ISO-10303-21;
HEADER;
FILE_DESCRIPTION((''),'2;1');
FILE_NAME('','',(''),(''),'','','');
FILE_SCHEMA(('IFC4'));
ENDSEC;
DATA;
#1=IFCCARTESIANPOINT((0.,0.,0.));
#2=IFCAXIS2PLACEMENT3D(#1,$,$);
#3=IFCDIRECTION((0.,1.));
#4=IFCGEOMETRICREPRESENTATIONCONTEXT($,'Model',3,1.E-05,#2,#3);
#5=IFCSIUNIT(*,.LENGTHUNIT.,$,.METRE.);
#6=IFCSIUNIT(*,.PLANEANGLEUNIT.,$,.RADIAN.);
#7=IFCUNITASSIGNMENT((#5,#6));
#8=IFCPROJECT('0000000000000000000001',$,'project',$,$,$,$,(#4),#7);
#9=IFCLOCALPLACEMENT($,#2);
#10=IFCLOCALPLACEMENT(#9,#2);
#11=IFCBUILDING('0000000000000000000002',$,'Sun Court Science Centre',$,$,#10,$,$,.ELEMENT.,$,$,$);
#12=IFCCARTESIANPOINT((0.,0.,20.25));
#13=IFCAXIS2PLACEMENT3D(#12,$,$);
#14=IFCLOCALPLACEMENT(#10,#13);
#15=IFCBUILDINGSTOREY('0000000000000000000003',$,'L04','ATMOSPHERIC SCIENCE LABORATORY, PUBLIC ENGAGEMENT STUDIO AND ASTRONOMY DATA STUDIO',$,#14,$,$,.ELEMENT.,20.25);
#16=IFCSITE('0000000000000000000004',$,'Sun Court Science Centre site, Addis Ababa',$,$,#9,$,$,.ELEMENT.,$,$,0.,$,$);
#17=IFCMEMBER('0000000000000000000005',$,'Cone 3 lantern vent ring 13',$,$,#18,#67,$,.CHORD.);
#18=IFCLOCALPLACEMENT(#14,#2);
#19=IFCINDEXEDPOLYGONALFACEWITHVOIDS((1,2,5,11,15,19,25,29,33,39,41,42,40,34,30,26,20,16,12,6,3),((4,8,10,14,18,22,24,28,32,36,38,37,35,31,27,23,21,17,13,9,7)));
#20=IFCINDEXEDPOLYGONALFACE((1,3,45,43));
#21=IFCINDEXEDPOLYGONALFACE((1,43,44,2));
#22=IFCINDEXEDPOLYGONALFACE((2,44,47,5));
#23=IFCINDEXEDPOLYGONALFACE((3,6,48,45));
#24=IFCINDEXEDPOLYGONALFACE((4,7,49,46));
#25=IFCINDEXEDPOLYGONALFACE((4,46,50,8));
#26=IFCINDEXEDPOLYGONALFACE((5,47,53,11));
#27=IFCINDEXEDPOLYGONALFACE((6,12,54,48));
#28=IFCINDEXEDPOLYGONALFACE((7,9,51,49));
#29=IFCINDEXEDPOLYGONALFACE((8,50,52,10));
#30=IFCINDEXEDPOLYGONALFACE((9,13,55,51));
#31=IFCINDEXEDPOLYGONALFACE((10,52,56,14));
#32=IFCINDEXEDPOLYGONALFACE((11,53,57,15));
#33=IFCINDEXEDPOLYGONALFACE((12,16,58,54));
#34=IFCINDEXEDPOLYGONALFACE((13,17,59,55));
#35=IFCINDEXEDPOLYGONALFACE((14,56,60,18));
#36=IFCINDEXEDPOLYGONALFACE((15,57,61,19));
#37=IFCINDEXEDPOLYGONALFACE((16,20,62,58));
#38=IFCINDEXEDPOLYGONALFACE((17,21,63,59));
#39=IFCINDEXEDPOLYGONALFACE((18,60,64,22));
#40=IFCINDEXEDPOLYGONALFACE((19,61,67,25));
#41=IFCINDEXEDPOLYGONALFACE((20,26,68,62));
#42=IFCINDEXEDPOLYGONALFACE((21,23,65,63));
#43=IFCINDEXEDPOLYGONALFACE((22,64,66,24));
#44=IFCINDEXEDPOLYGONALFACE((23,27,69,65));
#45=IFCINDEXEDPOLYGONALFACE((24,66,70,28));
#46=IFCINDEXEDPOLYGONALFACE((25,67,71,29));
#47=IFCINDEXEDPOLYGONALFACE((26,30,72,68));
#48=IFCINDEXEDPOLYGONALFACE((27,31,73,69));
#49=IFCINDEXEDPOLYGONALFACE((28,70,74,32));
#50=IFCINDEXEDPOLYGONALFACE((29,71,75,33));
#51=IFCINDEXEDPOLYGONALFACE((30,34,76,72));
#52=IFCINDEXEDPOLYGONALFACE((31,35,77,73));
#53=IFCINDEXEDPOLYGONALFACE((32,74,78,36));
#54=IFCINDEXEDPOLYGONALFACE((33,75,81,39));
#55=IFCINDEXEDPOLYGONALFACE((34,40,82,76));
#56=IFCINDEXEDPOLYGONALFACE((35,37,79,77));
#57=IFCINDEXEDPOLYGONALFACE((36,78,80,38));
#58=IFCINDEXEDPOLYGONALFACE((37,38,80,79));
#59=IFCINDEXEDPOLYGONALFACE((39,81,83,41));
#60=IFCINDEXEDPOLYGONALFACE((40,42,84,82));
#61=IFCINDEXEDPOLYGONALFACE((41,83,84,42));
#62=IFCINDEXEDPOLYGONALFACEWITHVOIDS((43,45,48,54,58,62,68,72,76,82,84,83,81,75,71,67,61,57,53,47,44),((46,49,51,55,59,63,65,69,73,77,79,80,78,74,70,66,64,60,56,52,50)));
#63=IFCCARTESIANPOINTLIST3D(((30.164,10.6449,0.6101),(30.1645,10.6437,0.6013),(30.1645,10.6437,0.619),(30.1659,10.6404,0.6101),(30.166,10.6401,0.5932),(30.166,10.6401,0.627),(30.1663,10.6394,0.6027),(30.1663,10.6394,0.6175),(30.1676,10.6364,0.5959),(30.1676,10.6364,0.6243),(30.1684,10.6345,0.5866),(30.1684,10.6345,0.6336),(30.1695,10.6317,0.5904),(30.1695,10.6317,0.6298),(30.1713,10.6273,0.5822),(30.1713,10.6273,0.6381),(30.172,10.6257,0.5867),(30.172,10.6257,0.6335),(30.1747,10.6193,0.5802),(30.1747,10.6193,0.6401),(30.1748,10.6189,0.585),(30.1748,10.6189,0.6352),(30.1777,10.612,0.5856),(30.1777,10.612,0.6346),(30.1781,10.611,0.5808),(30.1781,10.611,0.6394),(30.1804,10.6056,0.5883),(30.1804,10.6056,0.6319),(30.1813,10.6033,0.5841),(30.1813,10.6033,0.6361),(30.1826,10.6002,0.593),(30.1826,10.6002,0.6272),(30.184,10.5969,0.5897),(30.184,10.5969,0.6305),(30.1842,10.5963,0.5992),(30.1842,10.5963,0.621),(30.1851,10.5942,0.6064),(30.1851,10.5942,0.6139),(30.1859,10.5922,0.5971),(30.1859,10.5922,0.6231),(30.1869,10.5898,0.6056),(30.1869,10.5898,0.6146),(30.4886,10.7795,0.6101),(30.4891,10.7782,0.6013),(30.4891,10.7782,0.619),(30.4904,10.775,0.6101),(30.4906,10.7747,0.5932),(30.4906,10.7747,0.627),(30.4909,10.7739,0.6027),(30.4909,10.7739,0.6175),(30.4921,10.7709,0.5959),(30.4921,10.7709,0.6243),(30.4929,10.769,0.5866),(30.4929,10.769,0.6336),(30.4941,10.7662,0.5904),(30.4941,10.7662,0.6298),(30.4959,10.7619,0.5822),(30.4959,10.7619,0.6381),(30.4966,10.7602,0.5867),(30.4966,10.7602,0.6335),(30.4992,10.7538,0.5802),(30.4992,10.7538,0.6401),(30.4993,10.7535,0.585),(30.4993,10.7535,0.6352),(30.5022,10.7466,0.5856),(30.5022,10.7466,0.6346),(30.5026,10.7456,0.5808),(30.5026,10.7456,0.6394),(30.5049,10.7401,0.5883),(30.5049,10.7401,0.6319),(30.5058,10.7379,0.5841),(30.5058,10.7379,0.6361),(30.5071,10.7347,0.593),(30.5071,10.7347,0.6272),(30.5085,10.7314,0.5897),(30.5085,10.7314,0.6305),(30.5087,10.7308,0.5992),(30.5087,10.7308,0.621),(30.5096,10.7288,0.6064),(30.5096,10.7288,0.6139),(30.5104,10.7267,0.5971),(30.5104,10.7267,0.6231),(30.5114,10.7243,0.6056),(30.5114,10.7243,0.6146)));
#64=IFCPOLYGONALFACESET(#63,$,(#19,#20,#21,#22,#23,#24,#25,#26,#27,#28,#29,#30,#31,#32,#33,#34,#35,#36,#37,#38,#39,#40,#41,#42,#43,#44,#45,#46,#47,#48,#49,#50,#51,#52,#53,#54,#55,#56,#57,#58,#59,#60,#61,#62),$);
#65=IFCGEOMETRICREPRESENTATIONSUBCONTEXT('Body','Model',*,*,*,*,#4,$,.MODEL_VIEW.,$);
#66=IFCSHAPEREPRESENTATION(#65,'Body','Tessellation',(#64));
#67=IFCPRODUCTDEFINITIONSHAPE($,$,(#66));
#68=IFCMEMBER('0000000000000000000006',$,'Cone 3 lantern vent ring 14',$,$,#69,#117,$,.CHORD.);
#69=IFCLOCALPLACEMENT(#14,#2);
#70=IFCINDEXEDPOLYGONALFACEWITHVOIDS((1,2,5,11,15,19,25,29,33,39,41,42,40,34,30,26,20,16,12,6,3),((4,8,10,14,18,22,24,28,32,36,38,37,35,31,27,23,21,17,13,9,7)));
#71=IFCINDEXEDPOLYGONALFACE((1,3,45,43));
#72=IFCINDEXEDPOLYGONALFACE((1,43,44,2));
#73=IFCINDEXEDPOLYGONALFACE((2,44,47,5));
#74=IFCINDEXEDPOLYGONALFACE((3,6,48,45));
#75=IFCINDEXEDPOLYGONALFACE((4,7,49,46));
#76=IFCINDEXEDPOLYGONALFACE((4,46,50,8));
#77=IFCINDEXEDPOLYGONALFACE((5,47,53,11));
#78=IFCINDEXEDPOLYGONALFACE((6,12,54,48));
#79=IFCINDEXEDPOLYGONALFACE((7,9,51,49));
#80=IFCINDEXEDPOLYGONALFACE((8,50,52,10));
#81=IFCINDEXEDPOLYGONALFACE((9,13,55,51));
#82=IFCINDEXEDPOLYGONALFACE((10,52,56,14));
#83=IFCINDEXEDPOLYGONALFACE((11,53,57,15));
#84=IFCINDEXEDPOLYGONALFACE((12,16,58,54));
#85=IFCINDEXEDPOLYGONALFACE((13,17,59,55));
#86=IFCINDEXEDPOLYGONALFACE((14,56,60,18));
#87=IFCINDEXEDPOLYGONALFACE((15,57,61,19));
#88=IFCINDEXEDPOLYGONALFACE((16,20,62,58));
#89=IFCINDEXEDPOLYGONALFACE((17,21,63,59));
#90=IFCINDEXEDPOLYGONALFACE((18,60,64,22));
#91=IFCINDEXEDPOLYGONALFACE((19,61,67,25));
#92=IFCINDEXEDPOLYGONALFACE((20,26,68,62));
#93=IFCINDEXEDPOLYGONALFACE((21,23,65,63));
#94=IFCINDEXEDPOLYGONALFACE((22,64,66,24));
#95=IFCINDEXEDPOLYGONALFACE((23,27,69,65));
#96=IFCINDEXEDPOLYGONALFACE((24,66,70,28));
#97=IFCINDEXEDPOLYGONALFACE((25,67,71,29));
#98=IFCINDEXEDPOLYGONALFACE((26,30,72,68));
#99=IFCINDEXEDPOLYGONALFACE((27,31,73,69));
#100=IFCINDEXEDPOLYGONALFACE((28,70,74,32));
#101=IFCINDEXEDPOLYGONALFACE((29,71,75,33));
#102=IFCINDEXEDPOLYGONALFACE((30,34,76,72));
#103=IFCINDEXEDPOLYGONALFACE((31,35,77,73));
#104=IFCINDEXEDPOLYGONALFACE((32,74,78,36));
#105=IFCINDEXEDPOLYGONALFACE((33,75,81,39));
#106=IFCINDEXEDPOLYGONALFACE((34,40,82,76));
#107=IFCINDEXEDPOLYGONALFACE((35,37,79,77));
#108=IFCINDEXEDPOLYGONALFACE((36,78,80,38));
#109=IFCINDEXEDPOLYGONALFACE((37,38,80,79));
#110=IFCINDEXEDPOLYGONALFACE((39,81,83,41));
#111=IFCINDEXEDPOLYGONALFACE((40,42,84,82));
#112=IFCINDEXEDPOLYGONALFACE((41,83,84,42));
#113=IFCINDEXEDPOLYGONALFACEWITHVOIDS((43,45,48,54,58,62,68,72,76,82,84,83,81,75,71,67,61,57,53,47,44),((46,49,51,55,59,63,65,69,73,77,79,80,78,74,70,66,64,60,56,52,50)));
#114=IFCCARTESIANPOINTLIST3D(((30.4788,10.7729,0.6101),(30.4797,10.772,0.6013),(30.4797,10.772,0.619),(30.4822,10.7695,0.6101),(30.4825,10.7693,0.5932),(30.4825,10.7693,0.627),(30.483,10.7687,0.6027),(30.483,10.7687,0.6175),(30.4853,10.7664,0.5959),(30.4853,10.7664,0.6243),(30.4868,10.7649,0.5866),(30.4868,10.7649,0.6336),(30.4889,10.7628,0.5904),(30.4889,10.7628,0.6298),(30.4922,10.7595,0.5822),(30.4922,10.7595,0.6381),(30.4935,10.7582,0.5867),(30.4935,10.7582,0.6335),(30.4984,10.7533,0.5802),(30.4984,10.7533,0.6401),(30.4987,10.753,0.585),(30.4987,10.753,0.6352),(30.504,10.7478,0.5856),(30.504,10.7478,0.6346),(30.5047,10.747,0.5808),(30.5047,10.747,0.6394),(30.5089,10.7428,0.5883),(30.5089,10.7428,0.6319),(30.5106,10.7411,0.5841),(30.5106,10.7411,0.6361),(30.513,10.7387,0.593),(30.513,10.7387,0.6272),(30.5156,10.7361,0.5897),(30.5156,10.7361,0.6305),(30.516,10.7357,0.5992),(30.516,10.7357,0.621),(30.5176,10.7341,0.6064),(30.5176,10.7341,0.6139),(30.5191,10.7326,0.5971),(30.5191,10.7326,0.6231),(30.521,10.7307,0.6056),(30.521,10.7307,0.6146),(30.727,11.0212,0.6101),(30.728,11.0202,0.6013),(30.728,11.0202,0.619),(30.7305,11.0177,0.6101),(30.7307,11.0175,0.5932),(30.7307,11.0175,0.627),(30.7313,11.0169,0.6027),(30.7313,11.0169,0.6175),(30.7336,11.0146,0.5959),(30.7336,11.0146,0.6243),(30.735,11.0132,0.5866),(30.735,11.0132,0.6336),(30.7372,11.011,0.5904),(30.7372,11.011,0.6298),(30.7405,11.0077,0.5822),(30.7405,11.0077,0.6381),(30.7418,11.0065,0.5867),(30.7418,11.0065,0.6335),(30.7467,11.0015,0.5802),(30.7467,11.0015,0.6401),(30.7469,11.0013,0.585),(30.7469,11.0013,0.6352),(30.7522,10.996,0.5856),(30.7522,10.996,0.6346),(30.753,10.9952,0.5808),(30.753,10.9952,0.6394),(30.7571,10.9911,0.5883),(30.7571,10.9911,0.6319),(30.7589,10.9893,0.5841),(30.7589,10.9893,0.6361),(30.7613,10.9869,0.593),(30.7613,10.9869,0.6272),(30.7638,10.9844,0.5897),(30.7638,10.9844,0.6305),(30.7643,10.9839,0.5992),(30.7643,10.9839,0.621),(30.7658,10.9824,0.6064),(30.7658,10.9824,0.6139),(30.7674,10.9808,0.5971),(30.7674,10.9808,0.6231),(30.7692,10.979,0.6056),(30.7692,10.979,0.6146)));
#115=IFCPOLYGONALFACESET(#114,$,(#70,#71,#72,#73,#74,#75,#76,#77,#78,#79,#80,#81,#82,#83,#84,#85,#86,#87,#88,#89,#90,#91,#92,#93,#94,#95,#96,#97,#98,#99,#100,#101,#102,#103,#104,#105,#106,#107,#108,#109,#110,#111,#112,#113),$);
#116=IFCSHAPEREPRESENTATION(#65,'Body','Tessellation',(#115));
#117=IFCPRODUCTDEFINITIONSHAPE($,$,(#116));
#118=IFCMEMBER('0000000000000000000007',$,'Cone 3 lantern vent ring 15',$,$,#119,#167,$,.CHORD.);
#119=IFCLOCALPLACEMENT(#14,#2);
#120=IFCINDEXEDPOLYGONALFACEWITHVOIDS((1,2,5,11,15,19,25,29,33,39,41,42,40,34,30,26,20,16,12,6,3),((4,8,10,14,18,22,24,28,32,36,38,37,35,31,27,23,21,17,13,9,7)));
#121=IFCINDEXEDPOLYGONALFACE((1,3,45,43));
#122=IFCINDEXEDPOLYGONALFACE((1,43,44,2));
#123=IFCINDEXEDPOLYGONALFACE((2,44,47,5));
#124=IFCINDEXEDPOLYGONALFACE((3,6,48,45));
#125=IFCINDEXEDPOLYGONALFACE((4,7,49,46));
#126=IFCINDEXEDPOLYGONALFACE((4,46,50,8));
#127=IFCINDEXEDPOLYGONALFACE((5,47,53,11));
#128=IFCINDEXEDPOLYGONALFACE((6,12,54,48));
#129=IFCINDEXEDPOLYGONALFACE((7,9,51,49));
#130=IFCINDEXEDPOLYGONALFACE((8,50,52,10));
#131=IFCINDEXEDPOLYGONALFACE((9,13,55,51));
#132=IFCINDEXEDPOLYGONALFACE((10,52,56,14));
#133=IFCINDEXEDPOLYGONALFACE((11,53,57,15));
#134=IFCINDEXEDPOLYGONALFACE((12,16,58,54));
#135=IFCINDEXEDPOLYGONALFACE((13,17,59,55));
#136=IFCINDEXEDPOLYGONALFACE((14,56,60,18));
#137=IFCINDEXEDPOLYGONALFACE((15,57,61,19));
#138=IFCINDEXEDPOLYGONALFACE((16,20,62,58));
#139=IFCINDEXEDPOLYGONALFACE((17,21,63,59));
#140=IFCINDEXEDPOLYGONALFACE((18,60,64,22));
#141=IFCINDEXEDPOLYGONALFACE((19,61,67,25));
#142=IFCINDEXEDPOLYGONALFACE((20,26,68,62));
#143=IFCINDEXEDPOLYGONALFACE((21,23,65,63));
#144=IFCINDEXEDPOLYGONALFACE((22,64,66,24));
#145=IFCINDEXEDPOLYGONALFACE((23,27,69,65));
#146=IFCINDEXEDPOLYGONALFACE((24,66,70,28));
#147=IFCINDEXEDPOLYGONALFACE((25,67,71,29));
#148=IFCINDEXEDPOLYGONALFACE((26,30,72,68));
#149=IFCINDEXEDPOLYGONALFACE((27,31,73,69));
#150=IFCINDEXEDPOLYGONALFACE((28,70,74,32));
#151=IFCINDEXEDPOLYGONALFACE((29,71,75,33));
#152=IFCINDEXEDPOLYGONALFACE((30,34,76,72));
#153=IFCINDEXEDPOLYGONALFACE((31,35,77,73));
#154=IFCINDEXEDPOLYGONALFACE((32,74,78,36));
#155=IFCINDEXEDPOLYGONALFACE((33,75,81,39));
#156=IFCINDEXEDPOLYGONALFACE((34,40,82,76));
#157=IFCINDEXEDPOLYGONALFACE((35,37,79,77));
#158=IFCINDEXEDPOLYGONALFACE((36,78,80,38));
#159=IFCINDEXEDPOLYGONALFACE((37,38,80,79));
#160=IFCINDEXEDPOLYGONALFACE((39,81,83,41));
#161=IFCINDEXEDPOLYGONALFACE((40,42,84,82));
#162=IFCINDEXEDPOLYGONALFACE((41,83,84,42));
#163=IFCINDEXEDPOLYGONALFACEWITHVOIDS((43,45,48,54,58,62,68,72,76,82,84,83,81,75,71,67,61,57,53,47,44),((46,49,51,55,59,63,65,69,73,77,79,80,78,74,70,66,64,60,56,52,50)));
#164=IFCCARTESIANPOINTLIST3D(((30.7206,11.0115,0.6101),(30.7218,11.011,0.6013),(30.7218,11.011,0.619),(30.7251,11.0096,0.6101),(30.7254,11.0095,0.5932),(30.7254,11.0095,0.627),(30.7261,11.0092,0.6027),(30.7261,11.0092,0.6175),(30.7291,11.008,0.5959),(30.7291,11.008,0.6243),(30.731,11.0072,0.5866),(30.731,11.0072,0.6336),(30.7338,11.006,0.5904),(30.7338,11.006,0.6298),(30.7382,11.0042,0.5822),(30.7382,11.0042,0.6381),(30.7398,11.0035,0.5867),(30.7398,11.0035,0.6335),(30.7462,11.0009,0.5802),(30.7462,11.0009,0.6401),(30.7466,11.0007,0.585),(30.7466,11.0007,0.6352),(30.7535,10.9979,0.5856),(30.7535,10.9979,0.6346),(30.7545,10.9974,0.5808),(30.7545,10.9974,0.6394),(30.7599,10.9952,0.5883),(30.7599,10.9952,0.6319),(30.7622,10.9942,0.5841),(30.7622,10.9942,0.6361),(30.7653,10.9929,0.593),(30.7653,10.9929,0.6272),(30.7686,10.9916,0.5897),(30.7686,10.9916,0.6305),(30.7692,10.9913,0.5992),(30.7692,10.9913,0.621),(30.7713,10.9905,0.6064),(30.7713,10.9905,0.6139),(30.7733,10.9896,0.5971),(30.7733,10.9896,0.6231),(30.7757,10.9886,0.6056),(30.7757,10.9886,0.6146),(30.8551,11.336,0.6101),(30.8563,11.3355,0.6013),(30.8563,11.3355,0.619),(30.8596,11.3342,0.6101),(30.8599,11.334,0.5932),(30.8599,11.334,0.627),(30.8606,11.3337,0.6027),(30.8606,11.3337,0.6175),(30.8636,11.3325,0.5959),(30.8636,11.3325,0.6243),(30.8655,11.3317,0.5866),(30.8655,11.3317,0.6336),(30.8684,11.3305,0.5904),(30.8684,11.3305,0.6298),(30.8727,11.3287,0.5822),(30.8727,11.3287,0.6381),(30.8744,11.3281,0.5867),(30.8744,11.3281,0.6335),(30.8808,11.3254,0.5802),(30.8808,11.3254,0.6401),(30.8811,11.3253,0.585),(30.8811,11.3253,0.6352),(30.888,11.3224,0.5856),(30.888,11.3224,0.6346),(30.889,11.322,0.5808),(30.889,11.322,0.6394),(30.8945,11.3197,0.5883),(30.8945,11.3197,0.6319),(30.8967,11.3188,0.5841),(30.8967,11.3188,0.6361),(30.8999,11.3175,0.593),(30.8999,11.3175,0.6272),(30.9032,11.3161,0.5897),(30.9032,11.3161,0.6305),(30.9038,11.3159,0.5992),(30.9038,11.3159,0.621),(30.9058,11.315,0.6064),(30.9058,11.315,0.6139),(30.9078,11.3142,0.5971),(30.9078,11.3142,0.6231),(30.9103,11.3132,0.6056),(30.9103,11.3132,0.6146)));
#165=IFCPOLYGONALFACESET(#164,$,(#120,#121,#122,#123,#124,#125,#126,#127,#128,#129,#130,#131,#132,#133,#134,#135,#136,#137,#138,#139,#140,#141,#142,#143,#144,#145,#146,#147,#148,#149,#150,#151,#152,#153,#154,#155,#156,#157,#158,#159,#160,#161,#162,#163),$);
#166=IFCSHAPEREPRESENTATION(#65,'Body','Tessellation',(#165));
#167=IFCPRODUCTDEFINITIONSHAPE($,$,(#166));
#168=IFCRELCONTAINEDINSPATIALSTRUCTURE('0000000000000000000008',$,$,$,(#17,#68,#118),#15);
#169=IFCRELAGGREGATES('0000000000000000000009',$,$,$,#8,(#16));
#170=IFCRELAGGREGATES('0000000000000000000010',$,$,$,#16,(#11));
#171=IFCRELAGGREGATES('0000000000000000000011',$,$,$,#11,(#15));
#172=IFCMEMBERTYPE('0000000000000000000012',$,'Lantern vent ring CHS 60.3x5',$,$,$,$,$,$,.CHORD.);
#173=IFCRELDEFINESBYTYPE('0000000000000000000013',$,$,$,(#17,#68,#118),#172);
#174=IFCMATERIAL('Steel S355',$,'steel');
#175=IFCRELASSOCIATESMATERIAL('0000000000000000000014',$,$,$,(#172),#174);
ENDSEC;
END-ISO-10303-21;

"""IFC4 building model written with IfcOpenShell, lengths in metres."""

from ifc_helpers import new_model, si_unit, direction, frame, origin, origin_2d, place, context, subcontext, project, spatial, hollow_circle, extrude, material, material_profile, profile_set, type_object, element, save


model = new_model("IFC4")

# Units and contexts
model_context = context("Model", 3, precision=1e-05, world=origin(), true_north=direction((0.0, 1.0)))
body_context = subcontext(model_context, "Body", "Model", "MODEL_VIEW")
ifc_project = project(units=[si_unit("LENGTHUNIT", "METRE"), si_unit("PLANEANGLEUNIT", "RADIAN")], contexts=[model_context])

# Site, building, storey
site_placement = place(None, origin())
site = spatial("IfcSite", under=ifc_project, at=site_placement, Name="Sun Court Science Centre site, Addis Ababa", CompositionType="ELEMENT", RefElevation=0.0)
building_placement = place(site_placement, origin())
building = spatial("IfcBuilding", under=site, at=building_placement, Name="Sun Court Science Centre", CompositionType="ELEMENT")
storey_placement = place(building_placement, frame((0.0, 0.0, 20.25)))
storey = spatial("IfcBuildingStorey", under=building, at=storey_placement, Name="L04", Description="ATMOSPHERIC SCIENCE LABORATORY, PUBLIC ENGAGEMENT STUDIO AND ASTRONOMY DATA STUDIO", CompositionType="ELEMENT", Elevation=20.25)

# Members
ifc_material_1 = material(Name="Steel S355", Category="steel")
ifc_material_profile_1 = material_profile(ifc_material_1, hollow_circle(Radius=0.03, WallThickness=0.0049, at=origin_2d()), Name="CHS 60.3x5")
ifc_profile_set_1 = profile_set([ifc_material_profile_1], Name="Steel S355")
member_type_1 = type_object("IfcMemberType", Name="Lantern vent ring CHS 60.3x5", PredefinedType="CHORD", material=ifc_profile_set_1)
member_1_placement = place(storey_placement, frame((30.1755, 10.6172, 0.6101), z_axis=(0.923754, 0.382986, 0.0), x_axis=(-0.382986, 0.923754, 0.0)))
element("IfcMember", 1, at=member_1_placement, inside=storey, type_object=member_type_1, Name="Cone 3 lantern vent ring 13", PredefinedType="CHORD", context=body_context, shape_type="SweptSolid", body=[
    extrude(hollow_circle(Radius=0.03, WallThickness=0.0049, at=origin_2d()), origin(), (0.0, 0.0, 1.0), 0.3513),
])
member_2_placement = place(storey_placement, frame((30.5, 10.7517, 0.6101), z_axis=(0.707107, 0.707107, 0.0), x_axis=(-0.707107, 0.707107, 0.0)))
element("IfcMember", 2, at=member_2_placement, inside=storey, type_object=member_type_1, Name="Cone 3 lantern vent ring 14", PredefinedType="CHORD", context=body_context, shape_type="SweptSolid", body=[
    extrude(hollow_circle(Radius=0.03, WallThickness=0.0049, at=origin_2d()), origin(), (0.0, 0.0, 1.0), 0.3511),
])
member_3_placement = place(storey_placement, frame((30.7483, 11.0, 0.6101), z_axis=(0.382986, 0.923754, 0.0), x_axis=(-0.923754, 0.382986, 0.0)))
element("IfcMember", 3, at=member_3_placement, inside=storey, type_object=member_type_1, Name="Cone 3 lantern vent ring 15", PredefinedType="CHORD", context=body_context, shape_type="SweptSolid", body=[
    extrude(hollow_circle(Radius=0.03, WallThickness=0.0049, at=origin_2d()), origin(), (0.0, 0.0, 1.0), 0.3513),
])

save(model, "model.ifc")
